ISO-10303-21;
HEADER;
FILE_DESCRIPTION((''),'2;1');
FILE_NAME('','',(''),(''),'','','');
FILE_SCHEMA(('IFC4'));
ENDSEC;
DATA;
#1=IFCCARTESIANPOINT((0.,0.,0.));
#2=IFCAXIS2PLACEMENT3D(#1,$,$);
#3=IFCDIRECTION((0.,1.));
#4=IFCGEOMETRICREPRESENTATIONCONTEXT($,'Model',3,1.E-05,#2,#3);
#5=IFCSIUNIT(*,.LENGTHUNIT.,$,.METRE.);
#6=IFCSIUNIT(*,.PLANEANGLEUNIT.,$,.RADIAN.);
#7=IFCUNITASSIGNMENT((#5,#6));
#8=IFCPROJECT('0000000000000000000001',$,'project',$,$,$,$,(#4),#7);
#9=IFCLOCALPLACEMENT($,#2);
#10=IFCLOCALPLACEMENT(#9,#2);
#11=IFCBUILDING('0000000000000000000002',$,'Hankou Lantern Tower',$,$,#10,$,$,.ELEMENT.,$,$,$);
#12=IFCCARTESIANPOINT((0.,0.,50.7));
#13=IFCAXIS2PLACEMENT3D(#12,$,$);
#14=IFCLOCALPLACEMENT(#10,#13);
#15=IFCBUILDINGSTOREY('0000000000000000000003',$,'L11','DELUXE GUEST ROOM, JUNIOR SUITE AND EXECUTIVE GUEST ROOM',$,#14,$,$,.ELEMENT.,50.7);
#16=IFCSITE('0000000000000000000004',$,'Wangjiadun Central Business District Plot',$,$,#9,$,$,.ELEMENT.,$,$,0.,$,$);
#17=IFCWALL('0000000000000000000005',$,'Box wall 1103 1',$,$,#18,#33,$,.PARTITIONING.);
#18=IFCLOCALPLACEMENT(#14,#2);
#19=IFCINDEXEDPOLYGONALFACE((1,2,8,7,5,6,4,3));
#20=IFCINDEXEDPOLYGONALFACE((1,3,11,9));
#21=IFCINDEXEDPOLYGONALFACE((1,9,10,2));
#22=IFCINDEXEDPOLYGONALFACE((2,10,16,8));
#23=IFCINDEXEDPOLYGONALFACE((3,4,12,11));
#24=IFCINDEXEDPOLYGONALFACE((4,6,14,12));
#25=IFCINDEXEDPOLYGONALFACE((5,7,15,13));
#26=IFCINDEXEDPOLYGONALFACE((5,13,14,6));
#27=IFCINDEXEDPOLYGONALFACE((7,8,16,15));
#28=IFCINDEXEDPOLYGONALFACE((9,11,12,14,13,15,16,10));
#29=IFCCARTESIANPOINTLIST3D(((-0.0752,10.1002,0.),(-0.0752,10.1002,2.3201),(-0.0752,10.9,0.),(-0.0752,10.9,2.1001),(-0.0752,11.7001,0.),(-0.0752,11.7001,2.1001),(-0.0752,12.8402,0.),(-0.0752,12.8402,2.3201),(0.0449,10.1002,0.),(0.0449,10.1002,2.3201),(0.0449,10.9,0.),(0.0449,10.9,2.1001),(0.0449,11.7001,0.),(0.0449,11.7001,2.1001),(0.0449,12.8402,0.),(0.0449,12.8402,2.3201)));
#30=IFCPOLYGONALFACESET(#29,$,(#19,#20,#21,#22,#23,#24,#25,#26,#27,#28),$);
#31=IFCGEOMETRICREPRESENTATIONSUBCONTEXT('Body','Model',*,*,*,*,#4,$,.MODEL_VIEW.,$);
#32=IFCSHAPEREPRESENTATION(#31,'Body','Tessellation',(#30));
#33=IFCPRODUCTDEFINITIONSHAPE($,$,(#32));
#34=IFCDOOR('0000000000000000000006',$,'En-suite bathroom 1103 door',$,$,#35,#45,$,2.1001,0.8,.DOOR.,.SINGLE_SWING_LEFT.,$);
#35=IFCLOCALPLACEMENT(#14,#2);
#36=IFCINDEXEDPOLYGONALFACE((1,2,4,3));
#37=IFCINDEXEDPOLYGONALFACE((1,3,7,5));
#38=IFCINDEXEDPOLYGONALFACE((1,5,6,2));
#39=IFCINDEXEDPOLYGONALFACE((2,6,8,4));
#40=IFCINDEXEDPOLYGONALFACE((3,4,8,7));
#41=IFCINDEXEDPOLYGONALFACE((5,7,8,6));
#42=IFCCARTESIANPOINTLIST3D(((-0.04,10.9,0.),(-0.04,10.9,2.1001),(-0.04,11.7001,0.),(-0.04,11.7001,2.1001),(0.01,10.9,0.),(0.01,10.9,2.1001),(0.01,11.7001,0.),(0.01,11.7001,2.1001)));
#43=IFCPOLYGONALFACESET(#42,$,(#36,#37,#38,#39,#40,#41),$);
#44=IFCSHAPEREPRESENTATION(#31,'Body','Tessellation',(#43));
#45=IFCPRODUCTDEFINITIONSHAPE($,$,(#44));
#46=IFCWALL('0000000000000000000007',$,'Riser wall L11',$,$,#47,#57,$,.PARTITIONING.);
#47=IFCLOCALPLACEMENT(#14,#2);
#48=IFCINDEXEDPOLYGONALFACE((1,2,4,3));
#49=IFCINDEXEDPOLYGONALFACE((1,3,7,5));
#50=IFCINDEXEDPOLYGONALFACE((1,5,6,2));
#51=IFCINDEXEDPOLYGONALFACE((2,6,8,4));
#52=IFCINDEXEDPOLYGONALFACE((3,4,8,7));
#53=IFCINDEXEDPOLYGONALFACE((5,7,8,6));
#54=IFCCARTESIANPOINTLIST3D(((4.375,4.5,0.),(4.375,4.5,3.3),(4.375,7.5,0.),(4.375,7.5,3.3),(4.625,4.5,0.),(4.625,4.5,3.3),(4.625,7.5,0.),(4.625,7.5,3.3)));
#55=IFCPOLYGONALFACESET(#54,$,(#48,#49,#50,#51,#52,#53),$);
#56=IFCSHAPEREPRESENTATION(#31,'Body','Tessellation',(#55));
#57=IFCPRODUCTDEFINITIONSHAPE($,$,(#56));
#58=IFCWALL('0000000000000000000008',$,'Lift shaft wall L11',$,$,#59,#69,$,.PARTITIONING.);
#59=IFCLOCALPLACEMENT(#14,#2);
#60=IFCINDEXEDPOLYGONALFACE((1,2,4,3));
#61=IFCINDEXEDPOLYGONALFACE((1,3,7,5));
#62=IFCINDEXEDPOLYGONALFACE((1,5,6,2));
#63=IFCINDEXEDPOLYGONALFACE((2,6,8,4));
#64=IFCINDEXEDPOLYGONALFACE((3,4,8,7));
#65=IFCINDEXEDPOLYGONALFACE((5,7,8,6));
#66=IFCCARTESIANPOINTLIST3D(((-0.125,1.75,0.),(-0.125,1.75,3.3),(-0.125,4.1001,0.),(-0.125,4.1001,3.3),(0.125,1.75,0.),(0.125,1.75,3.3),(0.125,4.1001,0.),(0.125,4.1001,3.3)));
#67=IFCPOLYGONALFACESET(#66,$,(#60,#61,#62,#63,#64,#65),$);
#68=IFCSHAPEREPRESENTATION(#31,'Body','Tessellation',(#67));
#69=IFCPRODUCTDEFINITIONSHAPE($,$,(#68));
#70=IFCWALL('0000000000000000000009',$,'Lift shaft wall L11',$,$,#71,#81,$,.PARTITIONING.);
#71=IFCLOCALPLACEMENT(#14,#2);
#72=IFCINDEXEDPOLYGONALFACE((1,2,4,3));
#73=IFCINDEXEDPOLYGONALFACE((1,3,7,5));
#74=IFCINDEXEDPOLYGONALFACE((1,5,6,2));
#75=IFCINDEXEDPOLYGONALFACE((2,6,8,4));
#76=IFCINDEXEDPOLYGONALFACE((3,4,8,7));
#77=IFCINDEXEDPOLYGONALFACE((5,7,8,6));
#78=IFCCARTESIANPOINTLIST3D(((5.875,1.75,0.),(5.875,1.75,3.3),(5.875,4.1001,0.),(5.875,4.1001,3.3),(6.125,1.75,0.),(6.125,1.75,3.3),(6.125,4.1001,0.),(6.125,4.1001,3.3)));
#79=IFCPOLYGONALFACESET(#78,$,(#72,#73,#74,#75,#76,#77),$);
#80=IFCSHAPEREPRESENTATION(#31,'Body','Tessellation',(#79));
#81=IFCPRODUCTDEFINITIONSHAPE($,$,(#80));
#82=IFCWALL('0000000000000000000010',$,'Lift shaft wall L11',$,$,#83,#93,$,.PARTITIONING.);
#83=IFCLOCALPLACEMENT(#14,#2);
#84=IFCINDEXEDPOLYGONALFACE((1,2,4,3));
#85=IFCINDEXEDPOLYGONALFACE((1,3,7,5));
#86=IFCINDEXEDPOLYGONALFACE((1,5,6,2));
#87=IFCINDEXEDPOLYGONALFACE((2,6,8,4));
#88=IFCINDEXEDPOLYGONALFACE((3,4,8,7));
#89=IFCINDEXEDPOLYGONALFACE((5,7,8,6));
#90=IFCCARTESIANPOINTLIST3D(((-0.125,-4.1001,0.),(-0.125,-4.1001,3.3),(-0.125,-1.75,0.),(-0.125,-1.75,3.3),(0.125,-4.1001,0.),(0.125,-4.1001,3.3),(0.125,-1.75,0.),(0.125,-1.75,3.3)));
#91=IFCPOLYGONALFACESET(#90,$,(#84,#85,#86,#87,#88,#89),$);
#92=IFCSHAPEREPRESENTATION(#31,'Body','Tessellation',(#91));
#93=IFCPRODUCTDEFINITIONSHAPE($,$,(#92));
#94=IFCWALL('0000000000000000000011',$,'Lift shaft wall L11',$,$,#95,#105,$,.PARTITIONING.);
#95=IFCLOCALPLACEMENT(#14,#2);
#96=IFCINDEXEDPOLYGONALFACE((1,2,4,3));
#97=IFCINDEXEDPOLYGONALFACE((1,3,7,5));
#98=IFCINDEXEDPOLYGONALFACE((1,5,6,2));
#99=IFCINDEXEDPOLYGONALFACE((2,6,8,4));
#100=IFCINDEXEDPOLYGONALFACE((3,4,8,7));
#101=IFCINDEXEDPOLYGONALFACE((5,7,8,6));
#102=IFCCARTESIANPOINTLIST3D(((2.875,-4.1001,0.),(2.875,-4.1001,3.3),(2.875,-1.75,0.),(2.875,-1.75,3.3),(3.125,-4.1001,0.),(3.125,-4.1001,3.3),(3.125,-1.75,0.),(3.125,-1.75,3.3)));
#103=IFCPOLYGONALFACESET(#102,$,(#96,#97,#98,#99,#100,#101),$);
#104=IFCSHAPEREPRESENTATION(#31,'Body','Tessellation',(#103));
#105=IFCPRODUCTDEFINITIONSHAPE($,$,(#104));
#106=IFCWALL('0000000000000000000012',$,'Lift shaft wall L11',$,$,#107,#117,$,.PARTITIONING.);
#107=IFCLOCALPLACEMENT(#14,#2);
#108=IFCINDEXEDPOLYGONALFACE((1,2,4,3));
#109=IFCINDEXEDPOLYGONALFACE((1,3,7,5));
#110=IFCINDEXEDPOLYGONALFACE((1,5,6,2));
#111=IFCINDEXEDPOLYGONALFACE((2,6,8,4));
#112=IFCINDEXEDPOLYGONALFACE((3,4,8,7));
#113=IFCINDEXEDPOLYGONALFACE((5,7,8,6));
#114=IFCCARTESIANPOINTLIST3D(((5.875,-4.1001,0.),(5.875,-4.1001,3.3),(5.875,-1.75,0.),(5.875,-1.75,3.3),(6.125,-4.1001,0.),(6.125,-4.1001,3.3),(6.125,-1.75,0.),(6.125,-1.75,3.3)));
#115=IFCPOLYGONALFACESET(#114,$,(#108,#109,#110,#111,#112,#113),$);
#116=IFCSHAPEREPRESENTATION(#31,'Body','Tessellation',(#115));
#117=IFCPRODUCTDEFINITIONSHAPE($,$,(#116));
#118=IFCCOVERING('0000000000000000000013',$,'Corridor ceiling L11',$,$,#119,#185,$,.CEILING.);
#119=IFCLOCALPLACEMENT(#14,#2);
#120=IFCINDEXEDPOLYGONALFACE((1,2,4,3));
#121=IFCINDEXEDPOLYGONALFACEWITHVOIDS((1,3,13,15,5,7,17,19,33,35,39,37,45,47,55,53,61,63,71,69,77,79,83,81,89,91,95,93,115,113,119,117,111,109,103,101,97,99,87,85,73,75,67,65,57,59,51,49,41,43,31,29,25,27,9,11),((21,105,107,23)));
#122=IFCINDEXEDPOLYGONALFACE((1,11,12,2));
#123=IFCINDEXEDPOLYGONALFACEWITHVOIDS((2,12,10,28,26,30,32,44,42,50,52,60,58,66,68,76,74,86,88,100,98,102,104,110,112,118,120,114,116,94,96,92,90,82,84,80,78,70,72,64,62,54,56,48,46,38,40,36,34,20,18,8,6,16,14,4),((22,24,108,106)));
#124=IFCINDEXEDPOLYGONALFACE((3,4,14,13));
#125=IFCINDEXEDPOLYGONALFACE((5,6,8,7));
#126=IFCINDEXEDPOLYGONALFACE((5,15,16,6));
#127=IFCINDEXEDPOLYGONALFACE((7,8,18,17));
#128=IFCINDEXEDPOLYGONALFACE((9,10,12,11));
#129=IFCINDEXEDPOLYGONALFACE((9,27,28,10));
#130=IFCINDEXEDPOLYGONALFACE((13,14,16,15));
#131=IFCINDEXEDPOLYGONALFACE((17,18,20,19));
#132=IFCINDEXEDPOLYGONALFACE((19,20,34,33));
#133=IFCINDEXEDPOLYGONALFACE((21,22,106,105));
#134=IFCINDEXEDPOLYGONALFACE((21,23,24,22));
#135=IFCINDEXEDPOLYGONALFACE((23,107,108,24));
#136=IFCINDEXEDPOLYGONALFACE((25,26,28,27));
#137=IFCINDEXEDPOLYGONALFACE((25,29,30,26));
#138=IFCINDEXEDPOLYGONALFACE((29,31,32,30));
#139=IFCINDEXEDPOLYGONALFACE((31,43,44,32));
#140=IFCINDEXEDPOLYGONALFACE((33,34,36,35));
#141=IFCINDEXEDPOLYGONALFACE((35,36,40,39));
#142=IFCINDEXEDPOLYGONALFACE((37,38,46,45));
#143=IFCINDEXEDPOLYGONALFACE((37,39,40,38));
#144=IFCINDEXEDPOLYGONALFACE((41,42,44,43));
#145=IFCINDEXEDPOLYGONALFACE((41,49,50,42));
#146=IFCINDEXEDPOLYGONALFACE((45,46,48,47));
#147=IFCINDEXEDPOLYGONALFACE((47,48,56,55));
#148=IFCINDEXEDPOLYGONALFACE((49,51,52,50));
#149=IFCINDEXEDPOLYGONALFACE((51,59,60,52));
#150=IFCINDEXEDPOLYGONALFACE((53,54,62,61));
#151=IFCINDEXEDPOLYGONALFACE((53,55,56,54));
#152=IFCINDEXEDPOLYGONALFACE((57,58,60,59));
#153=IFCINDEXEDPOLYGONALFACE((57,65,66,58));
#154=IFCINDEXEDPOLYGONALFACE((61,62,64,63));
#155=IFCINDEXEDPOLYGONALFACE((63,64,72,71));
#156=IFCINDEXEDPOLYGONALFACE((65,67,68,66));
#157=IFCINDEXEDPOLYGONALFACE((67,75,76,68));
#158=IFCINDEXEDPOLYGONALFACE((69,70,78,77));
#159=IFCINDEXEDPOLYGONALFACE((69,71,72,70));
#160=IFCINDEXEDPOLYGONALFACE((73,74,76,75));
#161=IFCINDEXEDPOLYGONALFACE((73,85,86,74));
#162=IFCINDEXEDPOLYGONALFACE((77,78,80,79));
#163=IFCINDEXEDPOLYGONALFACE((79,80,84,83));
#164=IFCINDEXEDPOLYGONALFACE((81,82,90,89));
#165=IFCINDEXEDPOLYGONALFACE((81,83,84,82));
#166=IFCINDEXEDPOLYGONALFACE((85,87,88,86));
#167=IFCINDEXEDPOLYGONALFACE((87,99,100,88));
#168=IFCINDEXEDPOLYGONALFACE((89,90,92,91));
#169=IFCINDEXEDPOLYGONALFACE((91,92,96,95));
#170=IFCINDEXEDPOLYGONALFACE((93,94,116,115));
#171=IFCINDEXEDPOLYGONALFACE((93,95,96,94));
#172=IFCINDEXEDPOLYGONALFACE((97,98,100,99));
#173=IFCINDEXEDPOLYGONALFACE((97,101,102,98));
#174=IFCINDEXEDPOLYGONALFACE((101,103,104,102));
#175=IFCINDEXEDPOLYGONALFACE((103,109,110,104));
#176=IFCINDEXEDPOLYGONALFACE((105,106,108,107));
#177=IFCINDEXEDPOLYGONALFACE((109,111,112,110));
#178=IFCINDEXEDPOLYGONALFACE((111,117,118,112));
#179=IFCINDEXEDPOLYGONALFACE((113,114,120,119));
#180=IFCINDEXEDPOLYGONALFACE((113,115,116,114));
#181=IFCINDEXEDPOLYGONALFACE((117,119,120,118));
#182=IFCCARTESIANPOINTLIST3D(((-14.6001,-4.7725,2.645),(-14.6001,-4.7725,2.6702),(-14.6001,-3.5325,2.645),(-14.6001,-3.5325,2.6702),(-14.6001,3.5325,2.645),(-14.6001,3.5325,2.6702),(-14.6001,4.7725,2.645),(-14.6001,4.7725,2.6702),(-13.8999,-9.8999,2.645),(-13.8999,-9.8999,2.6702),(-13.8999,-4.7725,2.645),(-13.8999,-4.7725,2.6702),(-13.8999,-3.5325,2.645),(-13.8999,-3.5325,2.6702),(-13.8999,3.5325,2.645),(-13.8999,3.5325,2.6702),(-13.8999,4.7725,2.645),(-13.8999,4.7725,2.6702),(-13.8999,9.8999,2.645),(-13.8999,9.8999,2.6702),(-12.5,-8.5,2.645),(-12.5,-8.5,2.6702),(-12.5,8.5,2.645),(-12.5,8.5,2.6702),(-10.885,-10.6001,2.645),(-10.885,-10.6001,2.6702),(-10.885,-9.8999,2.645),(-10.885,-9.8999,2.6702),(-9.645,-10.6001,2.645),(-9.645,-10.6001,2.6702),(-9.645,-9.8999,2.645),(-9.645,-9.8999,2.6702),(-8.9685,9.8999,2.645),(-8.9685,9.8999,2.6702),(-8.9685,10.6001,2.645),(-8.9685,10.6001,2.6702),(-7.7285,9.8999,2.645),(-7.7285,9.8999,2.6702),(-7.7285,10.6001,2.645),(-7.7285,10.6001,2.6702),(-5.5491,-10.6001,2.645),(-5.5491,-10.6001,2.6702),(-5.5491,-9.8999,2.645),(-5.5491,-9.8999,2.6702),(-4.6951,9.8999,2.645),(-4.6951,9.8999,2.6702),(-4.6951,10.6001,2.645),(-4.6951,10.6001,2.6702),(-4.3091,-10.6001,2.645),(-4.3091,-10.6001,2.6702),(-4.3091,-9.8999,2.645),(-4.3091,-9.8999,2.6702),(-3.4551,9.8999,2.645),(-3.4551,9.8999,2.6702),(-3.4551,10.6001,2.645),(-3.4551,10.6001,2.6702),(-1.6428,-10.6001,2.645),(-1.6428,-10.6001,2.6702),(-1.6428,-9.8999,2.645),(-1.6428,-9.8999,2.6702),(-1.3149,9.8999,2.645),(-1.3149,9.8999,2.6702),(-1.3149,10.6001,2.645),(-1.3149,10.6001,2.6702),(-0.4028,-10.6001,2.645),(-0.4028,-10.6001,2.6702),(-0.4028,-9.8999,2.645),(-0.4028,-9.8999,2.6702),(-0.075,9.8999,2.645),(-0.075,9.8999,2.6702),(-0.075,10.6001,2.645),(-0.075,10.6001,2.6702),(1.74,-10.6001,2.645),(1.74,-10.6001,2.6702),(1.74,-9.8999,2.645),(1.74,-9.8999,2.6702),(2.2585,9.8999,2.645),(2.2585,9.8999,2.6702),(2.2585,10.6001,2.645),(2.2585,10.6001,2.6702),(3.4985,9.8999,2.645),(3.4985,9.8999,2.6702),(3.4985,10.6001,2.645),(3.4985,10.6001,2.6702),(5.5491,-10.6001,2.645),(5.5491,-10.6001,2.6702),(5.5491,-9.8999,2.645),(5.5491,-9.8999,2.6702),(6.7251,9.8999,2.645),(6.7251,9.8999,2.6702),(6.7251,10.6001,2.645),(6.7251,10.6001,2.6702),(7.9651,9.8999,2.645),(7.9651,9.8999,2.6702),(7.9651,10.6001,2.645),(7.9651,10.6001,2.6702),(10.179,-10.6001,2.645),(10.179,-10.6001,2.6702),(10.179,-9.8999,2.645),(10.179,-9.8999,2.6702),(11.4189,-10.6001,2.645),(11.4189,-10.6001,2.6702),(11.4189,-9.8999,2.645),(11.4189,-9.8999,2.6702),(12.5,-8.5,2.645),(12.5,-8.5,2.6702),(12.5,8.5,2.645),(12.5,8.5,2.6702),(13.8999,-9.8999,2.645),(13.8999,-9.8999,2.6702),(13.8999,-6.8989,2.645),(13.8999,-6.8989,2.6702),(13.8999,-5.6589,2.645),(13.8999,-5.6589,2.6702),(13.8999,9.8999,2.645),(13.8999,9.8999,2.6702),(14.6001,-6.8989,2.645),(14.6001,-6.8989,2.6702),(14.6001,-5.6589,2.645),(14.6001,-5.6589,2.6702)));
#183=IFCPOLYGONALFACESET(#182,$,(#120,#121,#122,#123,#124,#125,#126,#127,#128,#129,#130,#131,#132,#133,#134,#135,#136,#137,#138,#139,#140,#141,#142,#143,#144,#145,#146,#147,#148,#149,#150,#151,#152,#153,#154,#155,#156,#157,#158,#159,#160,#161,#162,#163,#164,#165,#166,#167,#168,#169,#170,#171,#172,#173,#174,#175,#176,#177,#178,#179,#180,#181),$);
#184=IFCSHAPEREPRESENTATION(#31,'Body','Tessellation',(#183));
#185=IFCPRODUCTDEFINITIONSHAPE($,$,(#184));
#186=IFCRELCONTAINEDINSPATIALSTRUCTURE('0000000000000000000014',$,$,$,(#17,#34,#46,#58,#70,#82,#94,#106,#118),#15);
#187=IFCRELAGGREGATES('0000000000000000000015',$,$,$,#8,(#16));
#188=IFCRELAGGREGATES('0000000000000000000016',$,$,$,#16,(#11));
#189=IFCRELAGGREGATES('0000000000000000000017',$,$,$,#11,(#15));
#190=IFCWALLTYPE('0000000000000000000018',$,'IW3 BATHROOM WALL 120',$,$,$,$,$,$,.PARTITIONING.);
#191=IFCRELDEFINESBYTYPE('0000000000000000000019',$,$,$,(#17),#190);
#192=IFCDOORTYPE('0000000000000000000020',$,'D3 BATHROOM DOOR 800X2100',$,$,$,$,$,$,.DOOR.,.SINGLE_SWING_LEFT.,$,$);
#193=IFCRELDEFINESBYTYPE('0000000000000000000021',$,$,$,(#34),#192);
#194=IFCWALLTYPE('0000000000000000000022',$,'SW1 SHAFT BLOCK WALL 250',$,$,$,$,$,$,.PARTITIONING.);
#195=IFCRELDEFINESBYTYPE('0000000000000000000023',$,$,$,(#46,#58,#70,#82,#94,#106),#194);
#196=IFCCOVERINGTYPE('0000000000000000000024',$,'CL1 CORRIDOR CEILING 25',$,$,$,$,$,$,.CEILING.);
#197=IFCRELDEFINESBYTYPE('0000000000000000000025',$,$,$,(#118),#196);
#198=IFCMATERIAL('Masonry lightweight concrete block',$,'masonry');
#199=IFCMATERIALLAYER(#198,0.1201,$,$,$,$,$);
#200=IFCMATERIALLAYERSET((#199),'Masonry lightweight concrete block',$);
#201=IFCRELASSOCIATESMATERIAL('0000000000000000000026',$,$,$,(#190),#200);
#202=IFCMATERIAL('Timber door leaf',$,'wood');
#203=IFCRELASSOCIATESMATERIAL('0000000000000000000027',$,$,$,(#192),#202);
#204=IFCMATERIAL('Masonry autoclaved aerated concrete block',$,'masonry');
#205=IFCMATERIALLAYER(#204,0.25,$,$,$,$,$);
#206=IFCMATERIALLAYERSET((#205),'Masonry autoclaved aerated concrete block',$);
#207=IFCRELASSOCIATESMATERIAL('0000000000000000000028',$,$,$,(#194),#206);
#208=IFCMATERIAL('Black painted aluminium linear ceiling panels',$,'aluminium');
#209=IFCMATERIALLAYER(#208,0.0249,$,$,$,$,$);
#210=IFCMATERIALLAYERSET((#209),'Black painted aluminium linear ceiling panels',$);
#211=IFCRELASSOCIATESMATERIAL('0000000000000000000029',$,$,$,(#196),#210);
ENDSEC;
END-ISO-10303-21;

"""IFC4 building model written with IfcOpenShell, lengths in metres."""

from ifc_helpers import new_model, si_unit, direction, frame, frame_2d, origin, place, context, subcontext, project, spatial, polyline, rectangle, outline, extrude, material, layer, layer_set, type_object, element, fill, save


model = new_model("IFC4")

# Units and contexts
model_context = context("Model", 3, precision=1e-05, world=origin(), true_north=direction((0.0, 1.0)))
body_context = subcontext(model_context, "Body", "Model", "MODEL_VIEW")
ifc_project = project(units=[si_unit("LENGTHUNIT", "METRE"), si_unit("PLANEANGLEUNIT", "RADIAN")], contexts=[model_context])

# Site, building, storey
site_placement = place(None, origin())
site = spatial("IfcSite", under=ifc_project, at=site_placement, Name="Wangjiadun Central Business District Plot", CompositionType="ELEMENT", RefElevation=0.0)
building_placement = place(site_placement, origin())
building = spatial("IfcBuilding", under=site, at=building_placement, Name="Hankou Lantern Tower", CompositionType="ELEMENT")
storey_placement = place(building_placement, frame((0.0, 0.0, 50.7)))
storey = spatial("IfcBuildingStorey", under=building, at=storey_placement, Name="L11", Description="DELUXE GUEST ROOM, JUNIOR SUITE AND EXECUTIVE GUEST ROOM", CompositionType="ELEMENT", Elevation=50.7)

# Wall, opening, door
ifc_material_1 = material(Name="Masonry lightweight concrete block", Category="masonry")
ifc_layer_1 = layer(ifc_material_1, 0.1201)
ifc_layer_set_1 = layer_set([ifc_layer_1], Name="Masonry lightweight concrete block")
wall_type_1 = type_object("IfcWallType", Name="IW3 BATHROOM WALL 120", PredefinedType="PARTITIONING", material=ifc_layer_set_1)
wall_1_placement = place(storey_placement, frame((-0.0151, 10.1001, 0.0), z_axis=(0.0, 0.0, 1.0), x_axis=(0.0, 1.0, 0.0)))
wall_1 = element("IfcWall", 1, at=wall_1_placement, inside=storey, type_object=wall_type_1, Name="Box wall 1103 1", PredefinedType="PARTITIONING", context=body_context, shape_type="SweptSolid", body=[
    extrude(rectangle(XDim=2.74, YDim=0.1201, at=frame_2d((1.3701, 0.0))), origin(), (0.0, 0.0, 1.0), 2.3201),
])
opening_1_placement = place(wall_1_placement, frame((0.8, 0.0, 0.0)))
opening_1 = element("IfcOpeningElement", 2, at=opening_1_placement, cuts=wall_1, PredefinedType="OPENING", context=body_context, shape_type="SweptSolid", body=[
    extrude(rectangle(XDim=0.8, YDim=2.1001, at=frame_2d((0.3999, 1.05))), frame((0.0, 0.0701, 0.0), z_axis=(0.0, -1.0, 0.0), x_axis=(1.0, 0.0, 0.0)), (0.0, 0.0, 1.0), 0.1401),
])
ifc_material_2 = material(Name="Timber door leaf", Category="wood")
door_type_1 = type_object("IfcDoorType", Name="D3 BATHROOM DOOR 800X2100", OperationType="SINGLE_SWING_LEFT", PredefinedType="DOOR", material=ifc_material_2)
door_1_placement = place(opening_1_placement, origin())
door_1 = element("IfcDoor", 3, at=door_1_placement, inside=storey, type_object=door_type_1, Name="En-suite bathroom 1103 door", OperationType="SINGLE_SWING_LEFT", OverallHeight=2.1001, OverallWidth=0.8, PredefinedType="DOOR", context=body_context, shape_type="SweptSolid", body=[
    extrude(rectangle(XDim=0.8, YDim=2.1001, at=frame_2d((0.3999, 1.05))), frame((0.0, 0.0249, 0.0), z_axis=(0.0, -1.0, 0.0), x_axis=(1.0, 0.0, 0.0)), (0.0, 0.0, 1.0), 0.05),
])
fill(opening_1, door_1)

# Walls
ifc_material_3 = material(Name="Masonry autoclaved aerated concrete block", Category="masonry")
ifc_layer_2 = layer(ifc_material_3, 0.25)
ifc_layer_set_2 = layer_set([ifc_layer_2], Name="Masonry autoclaved aerated concrete block")
wall_type_2 = type_object("IfcWallType", Name="SW1 SHAFT BLOCK WALL 250", PredefinedType="PARTITIONING", material=ifc_layer_set_2)
wall_2_placement = place(storey_placement, frame((4.5, 4.5, 0.0), z_axis=(0.0, 0.0, 1.0), x_axis=(0.0, 1.0, 0.0)))
element("IfcWall", 4, at=wall_2_placement, inside=storey, type_object=wall_type_2, Name="Riser wall L11", PredefinedType="PARTITIONING", context=body_context, shape_type="SweptSolid", body=[
    extrude(rectangle(XDim=3.0, YDim=0.25, at=frame_2d((1.5, 0.0))), origin(), (0.0, 0.0, 1.0), 3.3),
])
for number, where, z_axis, x_axis, name in (
    (5, (0.0, 1.75, 0.0), (0.0, 0.0, 1.0), (0.0, 1.0, 0.0), "Lift shaft wall L11"),
    (6, (6.0, 1.75, 0.0), (0.0, 0.0, 1.0), (0.0, 1.0, 0.0), "Lift shaft wall L11"),
    (7, (0.0, -4.1001, 0.0), (0.0, 0.0, 1.0), (0.0, 1.0, 0.0), "Lift shaft wall L11"),
    (8, (3.0, -4.1001, 0.0), (0.0, 0.0, 1.0), (0.0, 1.0, 0.0), "Lift shaft wall L11"),
    (9, (6.0, -4.1001, 0.0), (0.0, 0.0, 1.0), (0.0, 1.0, 0.0), "Lift shaft wall L11"),
):
    element("IfcWall", number, at=place(storey_placement, frame(where, z_axis=z_axis, x_axis=x_axis)), inside=storey, type_object=wall_type_2, Name=name, PredefinedType="PARTITIONING", context=body_context, shape_type="SweptSolid", body=[
        extrude(rectangle(XDim=2.3501, YDim=0.25, at=frame_2d((1.175, 0.0))), origin(), (0.0, 0.0, 1.0), 3.3),
    ])

# Covering
ifc_material_4 = material(Name="Black painted aluminium linear ceiling panels", Category="aluminium")
ifc_layer_3 = layer(ifc_material_4, 0.0249)
ifc_layer_set_3 = layer_set([ifc_layer_3], Name="Black painted aluminium linear ceiling panels")
covering_type_1 = type_object("IfcCoveringType", Name="CL1 CORRIDOR CEILING 25", PredefinedType="CEILING", material=ifc_layer_set_3)
covering_1_placement = place(storey_placement, frame((0.0, 0.0, 2.645)))
element("IfcCovering", 10, at=covering_1_placement, inside=storey, type_object=covering_type_1, Name="Corridor ceiling L11", PredefinedType="CEILING", context=body_context, shape_type="SweptSolid", body=[
    extrude(outline(polyline([(-10.885, -10.6001), (-9.645, -10.6001), (-9.645, -9.8999), (-5.5491, -9.8999), (-5.5491, -10.6001), (-4.3091, -10.6001), (-4.3091, -9.8999), (-1.6428, -9.8999), (-1.6428, -10.6001), (-0.4028, -10.6001), (-0.4028, -9.8999), (1.74, -9.8999), (1.74, -10.6001), (5.5491, -10.6001), (5.5491, -9.8999), (10.179, -9.8999), (10.179, -10.6001), (11.4189, -10.6001), (11.4189, -9.8999), (13.8999, -9.8999), (13.8999, -6.8989), (14.6001, -6.8989), (14.6001, -5.6589), (13.8999, -5.6589), (13.8999, 9.8999), (7.9651, 9.8999), (7.9651, 10.6001), (6.7251, 10.6001), (6.7251, 9.8999), (3.4985, 9.8999), (3.4985, 10.6001), (2.2585, 10.6001), (2.2585, 9.8999), (-0.075, 9.8999), (-0.075, 10.6001), (-1.3149, 10.6001), (-1.3149, 9.8999), (-3.4551, 9.8999), (-3.4551, 10.6001), (-4.6951, 10.6001), (-4.6951, 9.8999), (-7.7285, 9.8999), (-7.7285, 10.6001), (-8.9685, 10.6001), (-8.9685, 9.8999), (-13.8999, 9.8999), (-13.8999, 4.7725), (-14.6001, 4.7725), (-14.6001, 3.5325), (-13.8999, 3.5325), (-13.8999, -3.5325), (-14.6001, -3.5325), (-14.6001, -4.7725), (-13.8999, -4.7725), (-13.8999, -9.8999), (-10.885, -9.8999), (-10.885, -10.6001)]), holes=[polyline([(-12.5, 8.5), (12.5, 8.5), (12.5, -8.5), (-12.5, -8.5), (-12.5, 8.5)])]), origin(), (0.0, 0.0, 1.0), 0.0251),
])

save(model, "model.ifc")
